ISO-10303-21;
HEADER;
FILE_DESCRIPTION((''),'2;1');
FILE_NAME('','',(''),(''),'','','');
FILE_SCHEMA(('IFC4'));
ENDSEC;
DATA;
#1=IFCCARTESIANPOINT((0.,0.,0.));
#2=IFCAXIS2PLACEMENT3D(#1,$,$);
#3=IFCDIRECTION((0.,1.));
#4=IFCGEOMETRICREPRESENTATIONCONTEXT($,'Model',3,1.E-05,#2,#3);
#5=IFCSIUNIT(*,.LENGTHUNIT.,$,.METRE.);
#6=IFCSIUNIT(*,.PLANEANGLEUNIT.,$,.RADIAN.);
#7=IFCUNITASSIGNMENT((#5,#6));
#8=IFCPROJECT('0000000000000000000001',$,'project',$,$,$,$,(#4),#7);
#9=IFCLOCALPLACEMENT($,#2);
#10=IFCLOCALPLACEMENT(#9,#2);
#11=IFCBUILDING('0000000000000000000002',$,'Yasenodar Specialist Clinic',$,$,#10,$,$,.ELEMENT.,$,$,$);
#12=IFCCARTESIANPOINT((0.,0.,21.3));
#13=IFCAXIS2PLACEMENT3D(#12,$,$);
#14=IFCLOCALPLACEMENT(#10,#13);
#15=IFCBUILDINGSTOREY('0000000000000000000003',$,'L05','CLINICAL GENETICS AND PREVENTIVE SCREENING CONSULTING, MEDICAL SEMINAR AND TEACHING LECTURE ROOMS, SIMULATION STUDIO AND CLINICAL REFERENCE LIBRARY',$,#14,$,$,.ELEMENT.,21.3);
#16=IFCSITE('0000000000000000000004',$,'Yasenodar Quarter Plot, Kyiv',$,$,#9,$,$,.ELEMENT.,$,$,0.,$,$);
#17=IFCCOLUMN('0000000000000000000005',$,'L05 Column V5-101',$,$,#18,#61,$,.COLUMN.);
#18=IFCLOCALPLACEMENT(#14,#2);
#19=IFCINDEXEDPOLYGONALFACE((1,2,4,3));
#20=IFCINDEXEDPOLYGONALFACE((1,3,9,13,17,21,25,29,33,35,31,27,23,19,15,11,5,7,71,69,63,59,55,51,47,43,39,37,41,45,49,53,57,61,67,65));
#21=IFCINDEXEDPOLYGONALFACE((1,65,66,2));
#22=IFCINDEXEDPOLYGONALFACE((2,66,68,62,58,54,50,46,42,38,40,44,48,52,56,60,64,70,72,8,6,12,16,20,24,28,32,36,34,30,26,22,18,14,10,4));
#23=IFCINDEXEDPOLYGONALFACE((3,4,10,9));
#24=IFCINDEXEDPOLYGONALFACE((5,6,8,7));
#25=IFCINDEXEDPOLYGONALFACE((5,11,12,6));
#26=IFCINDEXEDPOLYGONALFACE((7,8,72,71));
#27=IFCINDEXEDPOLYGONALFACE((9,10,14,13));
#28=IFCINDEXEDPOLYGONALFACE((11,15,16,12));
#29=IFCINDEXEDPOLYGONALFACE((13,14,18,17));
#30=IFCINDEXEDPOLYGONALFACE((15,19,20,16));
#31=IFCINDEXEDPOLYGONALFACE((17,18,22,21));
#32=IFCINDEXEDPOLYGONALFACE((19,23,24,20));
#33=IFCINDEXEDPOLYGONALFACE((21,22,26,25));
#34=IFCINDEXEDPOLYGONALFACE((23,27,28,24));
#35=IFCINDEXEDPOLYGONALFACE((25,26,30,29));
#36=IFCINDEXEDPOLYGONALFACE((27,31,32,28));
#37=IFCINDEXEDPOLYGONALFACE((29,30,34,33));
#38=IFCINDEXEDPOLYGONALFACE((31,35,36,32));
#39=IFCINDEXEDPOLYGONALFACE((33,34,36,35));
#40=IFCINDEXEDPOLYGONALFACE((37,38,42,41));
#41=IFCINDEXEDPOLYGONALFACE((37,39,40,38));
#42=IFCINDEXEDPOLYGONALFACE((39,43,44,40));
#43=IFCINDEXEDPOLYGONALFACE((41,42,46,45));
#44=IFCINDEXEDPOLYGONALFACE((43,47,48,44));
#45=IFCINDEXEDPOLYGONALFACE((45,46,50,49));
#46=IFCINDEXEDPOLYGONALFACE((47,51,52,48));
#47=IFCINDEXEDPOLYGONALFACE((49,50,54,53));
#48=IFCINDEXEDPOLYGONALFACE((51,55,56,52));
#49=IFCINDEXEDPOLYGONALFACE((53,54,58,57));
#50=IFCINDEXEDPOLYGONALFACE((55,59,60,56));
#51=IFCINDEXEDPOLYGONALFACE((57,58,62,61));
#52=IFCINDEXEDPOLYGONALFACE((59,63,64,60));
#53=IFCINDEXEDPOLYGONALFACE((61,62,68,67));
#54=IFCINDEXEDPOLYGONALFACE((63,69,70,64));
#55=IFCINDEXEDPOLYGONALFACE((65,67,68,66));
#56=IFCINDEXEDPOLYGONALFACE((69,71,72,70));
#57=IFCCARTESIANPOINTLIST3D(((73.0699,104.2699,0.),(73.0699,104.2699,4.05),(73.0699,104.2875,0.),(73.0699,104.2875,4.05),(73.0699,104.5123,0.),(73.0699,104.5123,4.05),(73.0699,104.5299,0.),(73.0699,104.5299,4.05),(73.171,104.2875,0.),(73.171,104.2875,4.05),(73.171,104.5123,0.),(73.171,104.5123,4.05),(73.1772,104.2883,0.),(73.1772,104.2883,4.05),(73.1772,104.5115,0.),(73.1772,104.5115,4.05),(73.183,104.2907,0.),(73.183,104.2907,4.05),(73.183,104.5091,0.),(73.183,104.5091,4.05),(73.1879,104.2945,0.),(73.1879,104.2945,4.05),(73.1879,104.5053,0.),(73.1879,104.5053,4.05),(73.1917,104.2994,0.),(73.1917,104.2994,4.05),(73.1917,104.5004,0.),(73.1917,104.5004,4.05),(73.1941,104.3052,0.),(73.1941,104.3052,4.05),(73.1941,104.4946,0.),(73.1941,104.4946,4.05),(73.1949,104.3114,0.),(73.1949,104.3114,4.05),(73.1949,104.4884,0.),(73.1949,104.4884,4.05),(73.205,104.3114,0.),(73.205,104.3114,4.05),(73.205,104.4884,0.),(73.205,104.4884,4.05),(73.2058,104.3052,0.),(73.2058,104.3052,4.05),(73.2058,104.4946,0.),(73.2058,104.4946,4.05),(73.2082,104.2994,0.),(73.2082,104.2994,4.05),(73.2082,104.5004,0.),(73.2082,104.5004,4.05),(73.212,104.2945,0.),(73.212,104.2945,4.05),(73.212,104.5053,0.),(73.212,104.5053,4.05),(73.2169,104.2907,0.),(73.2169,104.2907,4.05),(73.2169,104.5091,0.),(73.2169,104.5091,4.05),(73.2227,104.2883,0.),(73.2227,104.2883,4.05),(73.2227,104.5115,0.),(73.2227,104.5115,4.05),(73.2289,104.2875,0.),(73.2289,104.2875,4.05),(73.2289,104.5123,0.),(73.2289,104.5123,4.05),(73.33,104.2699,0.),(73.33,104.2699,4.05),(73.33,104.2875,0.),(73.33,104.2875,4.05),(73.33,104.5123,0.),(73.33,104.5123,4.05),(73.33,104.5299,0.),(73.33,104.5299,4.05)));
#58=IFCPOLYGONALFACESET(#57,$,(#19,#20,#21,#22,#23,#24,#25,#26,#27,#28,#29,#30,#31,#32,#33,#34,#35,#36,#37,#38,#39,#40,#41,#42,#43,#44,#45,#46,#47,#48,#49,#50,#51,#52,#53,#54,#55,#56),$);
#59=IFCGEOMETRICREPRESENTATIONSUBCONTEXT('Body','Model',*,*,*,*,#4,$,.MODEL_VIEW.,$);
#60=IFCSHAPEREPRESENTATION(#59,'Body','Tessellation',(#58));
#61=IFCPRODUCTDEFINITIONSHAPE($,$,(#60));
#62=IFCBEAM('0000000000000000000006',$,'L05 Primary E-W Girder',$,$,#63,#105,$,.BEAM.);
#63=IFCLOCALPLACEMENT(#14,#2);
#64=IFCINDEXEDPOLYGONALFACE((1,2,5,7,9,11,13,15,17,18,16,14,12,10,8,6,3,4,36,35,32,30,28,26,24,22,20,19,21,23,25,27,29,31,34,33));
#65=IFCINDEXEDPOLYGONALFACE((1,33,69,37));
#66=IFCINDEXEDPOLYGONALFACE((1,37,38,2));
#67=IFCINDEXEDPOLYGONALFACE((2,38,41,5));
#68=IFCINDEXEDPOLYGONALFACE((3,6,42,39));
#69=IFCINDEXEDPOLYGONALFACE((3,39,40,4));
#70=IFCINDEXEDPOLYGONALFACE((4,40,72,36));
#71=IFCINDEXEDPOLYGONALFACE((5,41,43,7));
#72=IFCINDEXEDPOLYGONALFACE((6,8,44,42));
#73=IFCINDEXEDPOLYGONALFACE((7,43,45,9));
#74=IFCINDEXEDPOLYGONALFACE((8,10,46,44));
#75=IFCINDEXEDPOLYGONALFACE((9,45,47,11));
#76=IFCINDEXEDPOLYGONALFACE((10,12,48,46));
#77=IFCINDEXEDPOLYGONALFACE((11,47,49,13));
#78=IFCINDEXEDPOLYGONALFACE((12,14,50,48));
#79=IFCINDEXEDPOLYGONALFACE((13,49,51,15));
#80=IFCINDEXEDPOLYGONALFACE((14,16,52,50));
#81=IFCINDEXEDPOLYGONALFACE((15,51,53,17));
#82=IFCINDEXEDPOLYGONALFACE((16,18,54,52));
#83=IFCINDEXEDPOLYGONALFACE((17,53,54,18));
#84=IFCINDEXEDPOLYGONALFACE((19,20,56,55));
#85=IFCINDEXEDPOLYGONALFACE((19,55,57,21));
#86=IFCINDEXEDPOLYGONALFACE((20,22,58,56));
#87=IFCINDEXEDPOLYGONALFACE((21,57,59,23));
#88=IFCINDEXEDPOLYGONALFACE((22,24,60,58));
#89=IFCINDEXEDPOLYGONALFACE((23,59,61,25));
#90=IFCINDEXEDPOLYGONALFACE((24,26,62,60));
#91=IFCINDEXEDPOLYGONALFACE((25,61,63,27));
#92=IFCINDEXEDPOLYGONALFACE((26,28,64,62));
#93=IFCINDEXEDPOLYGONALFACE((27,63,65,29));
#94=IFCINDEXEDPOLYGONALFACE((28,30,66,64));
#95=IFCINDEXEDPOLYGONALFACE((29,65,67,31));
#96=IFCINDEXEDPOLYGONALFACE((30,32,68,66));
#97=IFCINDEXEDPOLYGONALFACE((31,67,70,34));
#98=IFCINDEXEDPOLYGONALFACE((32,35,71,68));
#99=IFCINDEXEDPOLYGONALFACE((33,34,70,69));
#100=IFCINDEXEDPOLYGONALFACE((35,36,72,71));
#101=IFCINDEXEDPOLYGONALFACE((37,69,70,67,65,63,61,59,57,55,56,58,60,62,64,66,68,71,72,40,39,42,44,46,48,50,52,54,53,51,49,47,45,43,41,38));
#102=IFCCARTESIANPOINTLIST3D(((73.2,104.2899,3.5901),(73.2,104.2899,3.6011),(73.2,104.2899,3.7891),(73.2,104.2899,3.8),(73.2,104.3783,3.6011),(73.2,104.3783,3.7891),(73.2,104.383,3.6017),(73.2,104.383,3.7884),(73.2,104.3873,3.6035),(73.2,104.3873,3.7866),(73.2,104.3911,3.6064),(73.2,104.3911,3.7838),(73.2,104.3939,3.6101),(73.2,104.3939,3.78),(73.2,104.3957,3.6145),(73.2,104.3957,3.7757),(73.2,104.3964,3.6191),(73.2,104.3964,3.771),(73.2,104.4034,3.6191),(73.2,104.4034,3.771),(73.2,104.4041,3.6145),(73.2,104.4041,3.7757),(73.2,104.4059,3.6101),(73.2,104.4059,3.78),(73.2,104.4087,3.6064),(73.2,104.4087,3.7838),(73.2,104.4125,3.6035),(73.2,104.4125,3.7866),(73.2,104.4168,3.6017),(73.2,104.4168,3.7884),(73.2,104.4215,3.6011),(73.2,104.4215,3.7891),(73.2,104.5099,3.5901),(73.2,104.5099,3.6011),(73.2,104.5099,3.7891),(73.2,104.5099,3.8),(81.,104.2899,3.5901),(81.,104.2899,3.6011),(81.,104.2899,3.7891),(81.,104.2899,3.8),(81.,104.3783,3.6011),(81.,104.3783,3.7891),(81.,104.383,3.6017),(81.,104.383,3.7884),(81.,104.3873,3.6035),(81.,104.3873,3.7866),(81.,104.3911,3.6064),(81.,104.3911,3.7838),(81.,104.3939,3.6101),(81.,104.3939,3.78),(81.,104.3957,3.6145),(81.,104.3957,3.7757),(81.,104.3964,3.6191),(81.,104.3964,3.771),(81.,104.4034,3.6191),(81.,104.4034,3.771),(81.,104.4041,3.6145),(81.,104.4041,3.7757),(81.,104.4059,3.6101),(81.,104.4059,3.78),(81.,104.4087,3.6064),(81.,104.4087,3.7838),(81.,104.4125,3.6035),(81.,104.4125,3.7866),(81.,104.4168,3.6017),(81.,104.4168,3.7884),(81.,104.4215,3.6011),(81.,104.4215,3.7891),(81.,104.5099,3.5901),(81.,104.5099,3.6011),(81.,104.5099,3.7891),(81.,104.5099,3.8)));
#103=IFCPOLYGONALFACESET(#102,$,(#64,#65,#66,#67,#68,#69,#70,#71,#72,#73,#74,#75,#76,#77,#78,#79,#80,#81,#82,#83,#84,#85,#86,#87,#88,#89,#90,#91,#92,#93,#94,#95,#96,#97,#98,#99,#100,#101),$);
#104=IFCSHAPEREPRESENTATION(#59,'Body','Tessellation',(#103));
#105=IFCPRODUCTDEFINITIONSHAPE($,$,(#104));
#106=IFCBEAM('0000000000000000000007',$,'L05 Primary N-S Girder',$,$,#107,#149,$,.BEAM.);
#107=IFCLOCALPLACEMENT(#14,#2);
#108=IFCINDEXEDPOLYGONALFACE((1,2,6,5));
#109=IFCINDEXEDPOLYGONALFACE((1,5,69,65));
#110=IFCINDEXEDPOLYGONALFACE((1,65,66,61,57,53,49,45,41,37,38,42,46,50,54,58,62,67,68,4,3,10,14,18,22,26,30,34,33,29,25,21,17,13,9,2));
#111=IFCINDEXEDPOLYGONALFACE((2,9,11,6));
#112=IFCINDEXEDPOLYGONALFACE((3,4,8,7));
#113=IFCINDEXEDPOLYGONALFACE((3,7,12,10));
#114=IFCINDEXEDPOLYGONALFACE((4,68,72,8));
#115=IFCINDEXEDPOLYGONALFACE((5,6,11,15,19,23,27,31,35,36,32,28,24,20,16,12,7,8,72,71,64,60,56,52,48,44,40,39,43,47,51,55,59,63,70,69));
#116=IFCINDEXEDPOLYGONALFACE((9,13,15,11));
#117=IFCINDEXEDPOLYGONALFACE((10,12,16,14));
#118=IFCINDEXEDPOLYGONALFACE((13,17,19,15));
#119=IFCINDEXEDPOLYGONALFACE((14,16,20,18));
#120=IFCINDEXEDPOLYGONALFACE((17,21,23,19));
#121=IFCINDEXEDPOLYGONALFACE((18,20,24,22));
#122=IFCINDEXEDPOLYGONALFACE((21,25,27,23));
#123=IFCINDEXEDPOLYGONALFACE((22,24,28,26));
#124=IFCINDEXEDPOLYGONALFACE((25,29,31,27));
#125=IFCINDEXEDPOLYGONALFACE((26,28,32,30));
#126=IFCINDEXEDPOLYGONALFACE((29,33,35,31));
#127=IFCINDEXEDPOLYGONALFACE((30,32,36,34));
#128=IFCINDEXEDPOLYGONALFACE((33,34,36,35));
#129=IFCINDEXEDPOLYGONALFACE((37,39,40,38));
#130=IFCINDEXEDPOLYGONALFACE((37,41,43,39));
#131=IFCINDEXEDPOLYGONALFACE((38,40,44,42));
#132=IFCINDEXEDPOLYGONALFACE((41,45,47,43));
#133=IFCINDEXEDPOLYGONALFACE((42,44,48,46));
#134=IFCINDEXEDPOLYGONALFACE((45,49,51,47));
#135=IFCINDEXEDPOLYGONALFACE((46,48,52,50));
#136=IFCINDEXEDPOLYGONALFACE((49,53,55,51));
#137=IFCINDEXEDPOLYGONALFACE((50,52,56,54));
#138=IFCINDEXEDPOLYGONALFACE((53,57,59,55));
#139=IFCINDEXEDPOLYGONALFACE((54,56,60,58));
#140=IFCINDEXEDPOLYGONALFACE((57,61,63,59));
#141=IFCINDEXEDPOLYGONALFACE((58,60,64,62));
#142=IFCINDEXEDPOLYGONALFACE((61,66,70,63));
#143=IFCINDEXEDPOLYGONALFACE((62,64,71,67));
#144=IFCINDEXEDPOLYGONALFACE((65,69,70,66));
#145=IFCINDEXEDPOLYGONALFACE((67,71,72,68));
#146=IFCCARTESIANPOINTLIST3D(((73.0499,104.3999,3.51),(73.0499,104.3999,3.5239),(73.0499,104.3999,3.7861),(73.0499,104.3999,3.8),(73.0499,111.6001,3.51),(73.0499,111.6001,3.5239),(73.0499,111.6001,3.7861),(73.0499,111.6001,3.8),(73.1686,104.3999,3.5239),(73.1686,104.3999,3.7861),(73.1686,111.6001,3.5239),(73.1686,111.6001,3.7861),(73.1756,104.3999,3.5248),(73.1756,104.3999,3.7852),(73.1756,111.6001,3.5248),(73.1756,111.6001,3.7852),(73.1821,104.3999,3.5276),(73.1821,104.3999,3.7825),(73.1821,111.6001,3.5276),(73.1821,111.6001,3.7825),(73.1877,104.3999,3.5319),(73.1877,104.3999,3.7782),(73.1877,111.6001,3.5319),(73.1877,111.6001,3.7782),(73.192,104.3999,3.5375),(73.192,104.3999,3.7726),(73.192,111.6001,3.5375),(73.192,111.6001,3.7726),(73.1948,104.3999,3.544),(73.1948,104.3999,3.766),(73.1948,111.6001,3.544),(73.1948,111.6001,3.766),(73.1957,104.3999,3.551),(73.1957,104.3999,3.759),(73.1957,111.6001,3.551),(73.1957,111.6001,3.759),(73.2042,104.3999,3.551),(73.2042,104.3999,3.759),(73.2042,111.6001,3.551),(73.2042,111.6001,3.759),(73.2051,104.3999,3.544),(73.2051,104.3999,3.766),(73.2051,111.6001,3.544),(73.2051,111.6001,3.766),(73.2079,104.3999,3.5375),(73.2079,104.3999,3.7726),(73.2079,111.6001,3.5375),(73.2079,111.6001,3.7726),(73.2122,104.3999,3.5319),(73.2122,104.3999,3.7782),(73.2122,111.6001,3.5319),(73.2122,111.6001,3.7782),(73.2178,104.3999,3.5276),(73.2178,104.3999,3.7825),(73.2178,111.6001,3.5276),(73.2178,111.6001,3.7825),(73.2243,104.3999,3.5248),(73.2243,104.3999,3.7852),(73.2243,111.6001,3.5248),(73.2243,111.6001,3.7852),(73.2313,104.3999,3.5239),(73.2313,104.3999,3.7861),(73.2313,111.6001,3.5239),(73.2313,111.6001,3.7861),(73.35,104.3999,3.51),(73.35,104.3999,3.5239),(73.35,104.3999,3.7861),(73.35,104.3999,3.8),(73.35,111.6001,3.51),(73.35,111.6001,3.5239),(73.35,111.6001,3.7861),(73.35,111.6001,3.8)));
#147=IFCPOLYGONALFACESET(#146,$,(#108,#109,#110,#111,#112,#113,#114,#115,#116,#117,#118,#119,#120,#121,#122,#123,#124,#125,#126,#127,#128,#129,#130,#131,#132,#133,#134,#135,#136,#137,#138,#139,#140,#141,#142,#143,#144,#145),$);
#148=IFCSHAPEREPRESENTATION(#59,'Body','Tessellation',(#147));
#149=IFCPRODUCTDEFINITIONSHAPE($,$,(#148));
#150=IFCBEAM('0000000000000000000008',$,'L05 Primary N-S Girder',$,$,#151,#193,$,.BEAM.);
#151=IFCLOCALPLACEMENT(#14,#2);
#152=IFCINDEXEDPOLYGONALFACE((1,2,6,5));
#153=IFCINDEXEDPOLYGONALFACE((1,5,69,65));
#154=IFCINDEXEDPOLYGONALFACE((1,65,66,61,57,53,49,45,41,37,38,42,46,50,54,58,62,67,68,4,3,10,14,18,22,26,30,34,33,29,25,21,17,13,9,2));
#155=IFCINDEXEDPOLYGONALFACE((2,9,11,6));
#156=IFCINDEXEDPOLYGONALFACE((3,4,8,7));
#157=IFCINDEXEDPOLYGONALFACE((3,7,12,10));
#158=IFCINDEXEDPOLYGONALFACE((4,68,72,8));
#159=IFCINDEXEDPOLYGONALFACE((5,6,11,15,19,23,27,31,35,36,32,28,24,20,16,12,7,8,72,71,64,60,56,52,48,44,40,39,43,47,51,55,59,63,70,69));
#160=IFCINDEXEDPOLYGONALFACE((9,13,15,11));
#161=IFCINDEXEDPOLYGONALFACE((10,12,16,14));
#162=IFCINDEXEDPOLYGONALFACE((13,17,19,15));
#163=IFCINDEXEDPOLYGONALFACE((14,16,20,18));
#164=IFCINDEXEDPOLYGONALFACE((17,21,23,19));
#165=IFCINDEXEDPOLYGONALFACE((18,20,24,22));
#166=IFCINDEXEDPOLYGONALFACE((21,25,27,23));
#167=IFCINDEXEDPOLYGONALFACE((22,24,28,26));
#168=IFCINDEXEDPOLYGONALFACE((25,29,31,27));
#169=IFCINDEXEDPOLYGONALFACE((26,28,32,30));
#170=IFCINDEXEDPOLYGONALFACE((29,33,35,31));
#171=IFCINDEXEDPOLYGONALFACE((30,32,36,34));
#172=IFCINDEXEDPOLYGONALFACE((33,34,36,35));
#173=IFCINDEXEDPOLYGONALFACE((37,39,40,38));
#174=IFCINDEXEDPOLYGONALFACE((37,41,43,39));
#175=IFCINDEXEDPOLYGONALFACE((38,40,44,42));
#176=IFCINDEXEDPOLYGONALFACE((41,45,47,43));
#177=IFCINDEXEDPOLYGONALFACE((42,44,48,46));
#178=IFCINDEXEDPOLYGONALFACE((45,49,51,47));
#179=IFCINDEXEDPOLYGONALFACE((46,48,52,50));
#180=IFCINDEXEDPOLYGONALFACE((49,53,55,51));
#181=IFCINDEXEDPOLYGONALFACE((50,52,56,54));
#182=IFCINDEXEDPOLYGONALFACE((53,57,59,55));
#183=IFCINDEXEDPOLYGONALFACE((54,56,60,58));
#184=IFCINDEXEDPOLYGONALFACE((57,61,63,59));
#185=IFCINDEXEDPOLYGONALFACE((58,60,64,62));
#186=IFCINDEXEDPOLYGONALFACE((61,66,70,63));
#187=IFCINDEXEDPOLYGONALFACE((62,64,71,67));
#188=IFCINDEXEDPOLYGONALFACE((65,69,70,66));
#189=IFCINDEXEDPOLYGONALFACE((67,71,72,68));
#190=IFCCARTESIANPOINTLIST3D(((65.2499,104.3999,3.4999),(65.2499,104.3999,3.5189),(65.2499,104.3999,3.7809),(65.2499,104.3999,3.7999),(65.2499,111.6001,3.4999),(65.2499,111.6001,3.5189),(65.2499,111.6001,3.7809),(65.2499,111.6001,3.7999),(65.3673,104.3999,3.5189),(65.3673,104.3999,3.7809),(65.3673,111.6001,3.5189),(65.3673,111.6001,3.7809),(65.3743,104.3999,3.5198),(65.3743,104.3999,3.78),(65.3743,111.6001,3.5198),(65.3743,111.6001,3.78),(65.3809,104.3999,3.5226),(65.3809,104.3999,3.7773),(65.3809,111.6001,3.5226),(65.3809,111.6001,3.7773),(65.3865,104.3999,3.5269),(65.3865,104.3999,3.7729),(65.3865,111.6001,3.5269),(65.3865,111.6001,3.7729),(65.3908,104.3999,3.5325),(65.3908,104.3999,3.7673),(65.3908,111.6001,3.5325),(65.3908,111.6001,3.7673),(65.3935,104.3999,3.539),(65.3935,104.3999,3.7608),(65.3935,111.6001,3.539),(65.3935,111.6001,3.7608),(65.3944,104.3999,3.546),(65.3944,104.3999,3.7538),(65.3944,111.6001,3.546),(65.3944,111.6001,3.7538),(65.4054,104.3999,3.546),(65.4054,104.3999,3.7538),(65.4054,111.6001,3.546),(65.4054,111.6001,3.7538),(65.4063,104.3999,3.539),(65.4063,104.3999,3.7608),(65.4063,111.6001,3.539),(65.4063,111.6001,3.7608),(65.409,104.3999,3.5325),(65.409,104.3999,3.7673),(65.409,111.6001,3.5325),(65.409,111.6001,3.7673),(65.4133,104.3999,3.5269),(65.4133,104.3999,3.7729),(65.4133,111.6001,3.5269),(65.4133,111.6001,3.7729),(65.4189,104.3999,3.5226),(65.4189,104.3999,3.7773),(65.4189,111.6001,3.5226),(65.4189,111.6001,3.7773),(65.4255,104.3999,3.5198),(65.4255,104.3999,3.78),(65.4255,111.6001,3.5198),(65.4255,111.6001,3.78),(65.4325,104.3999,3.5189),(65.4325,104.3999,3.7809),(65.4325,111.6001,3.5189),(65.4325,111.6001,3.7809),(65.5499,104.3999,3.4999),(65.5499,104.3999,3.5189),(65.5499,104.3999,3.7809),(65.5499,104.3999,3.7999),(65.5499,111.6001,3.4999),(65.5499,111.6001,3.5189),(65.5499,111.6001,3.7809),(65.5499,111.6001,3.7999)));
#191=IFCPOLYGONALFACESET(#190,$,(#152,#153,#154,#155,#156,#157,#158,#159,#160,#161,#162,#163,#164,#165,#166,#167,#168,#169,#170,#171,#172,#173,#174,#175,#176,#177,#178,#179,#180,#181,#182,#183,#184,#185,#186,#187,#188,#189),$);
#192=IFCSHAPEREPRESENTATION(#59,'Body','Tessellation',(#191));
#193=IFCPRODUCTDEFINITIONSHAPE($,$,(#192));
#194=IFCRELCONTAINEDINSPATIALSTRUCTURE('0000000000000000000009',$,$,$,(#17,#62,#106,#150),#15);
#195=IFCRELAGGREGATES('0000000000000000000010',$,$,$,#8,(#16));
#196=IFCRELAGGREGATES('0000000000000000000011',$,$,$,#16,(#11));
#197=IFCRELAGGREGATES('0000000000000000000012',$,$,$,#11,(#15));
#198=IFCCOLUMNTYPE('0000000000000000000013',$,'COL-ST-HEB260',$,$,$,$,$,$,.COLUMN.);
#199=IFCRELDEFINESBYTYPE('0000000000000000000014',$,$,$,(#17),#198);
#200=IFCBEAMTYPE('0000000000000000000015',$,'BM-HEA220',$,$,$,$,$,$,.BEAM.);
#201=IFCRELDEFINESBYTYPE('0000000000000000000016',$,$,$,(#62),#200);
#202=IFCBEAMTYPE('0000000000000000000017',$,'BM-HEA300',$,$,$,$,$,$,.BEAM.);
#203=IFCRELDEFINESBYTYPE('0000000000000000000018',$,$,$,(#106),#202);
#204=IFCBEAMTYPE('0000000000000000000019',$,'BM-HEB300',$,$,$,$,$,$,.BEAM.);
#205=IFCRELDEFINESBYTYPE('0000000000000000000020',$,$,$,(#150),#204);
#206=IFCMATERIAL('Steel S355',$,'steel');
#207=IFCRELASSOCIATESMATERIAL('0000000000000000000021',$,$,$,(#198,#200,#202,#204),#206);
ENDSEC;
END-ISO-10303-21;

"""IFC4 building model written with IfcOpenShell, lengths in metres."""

from ifc_helpers import new_model, si_unit, direction, frame, origin, origin_2d, place, context, subcontext, project, spatial, i_section, extrude, material, material_profile, profile_set, type_object, element, save


model = new_model("IFC4")

# Units and contexts
model_context = context("Model", 3, precision=1e-05, world=origin(), true_north=direction((0.0, 1.0)))
body_context = subcontext(model_context, "Body", "Model", "MODEL_VIEW")
ifc_project = project(units=[si_unit("LENGTHUNIT", "METRE"), si_unit("PLANEANGLEUNIT", "RADIAN")], contexts=[model_context])

# Site, building, storey
site_placement = place(None, origin())
site = spatial("IfcSite", under=ifc_project, at=site_placement, Name="Yasenodar Quarter Plot, Kyiv", CompositionType="ELEMENT", RefElevation=0.0)
building_placement = place(site_placement, origin())
building = spatial("IfcBuilding", under=site, at=building_placement, Name="Yasenodar Specialist Clinic", CompositionType="ELEMENT")
storey_placement = place(building_placement, frame((0.0, 0.0, 21.3)))
storey = spatial("IfcBuildingStorey", under=building, at=storey_placement, Name="L05", Description="CLINICAL GENETICS AND PREVENTIVE SCREENING CONSULTING, MEDICAL SEMINAR AND TEACHING LECTURE ROOMS, SIMULATION STUDIO AND CLINICAL REFERENCE LIBRARY", CompositionType="ELEMENT", Elevation=21.3)

# Column
ifc_material_1 = material(Name="Steel S355", Category="steel")
ifc_material_profile_1 = material_profile(ifc_material_1, i_section(OverallWidth=0.26, OverallDepth=0.26, WebThickness=0.01, FlangeThickness=0.0176, FilletRadius=0.0239, at=origin_2d()), Name="HEB 260")
ifc_profile_set_1 = profile_set([ifc_material_profile_1], Name="Steel S355")
column_type = type_object("IfcColumnType", Name="COL-ST-HEB260", PredefinedType="COLUMN", material=ifc_profile_set_1)
column_placement = place(storey_placement, frame((73.2, 104.3999, 0.0), z_axis=(0.0, 0.0, 1.0), x_axis=(1.0, 0.0, 0.0)))
element("IfcColumn", 1, at=column_placement, inside=storey, type_object=column_type, Name="L05 Column V5-101", PredefinedType="COLUMN", context=body_context, shape_type="SweptSolid", body=[
    extrude(i_section(OverallWidth=0.26, OverallDepth=0.26, WebThickness=0.01, FlangeThickness=0.0176, FilletRadius=0.0239, at=origin_2d()), origin(), (0.0, 0.0, 1.0), 4.05),
])

# Beams
ifc_material_profile_2 = material_profile(ifc_material_1, i_section(OverallWidth=0.22, OverallDepth=0.21, WebThickness=0.0071, FlangeThickness=0.011, FilletRadius=0.0181, at=origin_2d()), Name="HEA 220")
ifc_profile_set_2 = profile_set([ifc_material_profile_2], Name="Steel S355")
beam_type_1 = type_object("IfcBeamType", Name="BM-HEA220", PredefinedType="BEAM", material=ifc_profile_set_2)
beam_1_placement = place(storey_placement, frame((73.2, 104.3999, 3.6951), z_axis=(1.0, 0.0, 0.0), x_axis=(0.0, 1.0, 0.0)))
element("IfcBeam", 2, at=beam_1_placement, inside=storey, type_object=beam_type_1, Name="L05 Primary E-W Girder", PredefinedType="BEAM", context=body_context, shape_type="SweptSolid", body=[
    extrude(i_section(OverallWidth=0.22, OverallDepth=0.21, WebThickness=0.0071, FlangeThickness=0.011, FilletRadius=0.0181, at=origin_2d()), origin(), (0.0, 0.0, 1.0), 7.8),
])
ifc_material_profile_3 = material_profile(ifc_material_1, i_section(OverallWidth=0.3, OverallDepth=0.29, WebThickness=0.0085, FlangeThickness=0.0139, FilletRadius=0.0271, at=origin_2d()), Name="HEA 300")
ifc_profile_set_3 = profile_set([ifc_material_profile_3], Name="Steel S355")
beam_type_2 = type_object("IfcBeamType", Name="BM-HEA300", PredefinedType="BEAM", material=ifc_profile_set_3)
beam_2_placement = place(storey_placement, frame((73.2, 104.3999, 3.655), z_axis=(0.0, 1.0, 0.0), x_axis=(-1.0, 0.0, 0.0)))
element("IfcBeam", 3, at=beam_2_placement, inside=storey, type_object=beam_type_2, Name="L05 Primary N-S Girder", PredefinedType="BEAM", context=body_context, shape_type="SweptSolid", body=[
    extrude(i_section(OverallWidth=0.3, OverallDepth=0.29, WebThickness=0.0085, FlangeThickness=0.0139, FilletRadius=0.0271, at=origin_2d()), origin(), (0.0, 0.0, 1.0), 7.2002),
])
ifc_material_profile_4 = material_profile(ifc_material_1, i_section(OverallWidth=0.3, OverallDepth=0.3, WebThickness=0.011, FlangeThickness=0.019, FilletRadius=0.0271, at=origin_2d()), Name="HEB 300")
ifc_profile_set_4 = profile_set([ifc_material_profile_4], Name="Steel S355")
beam_type_3 = type_object("IfcBeamType", Name="BM-HEB300", PredefinedType="BEAM", material=ifc_profile_set_4)
beam_3_placement = place(storey_placement, frame((65.3999, 104.3999, 3.6499), z_axis=(0.0, 1.0, 0.0), x_axis=(-1.0, 0.0, 0.0)))
element("IfcBeam", 4, at=beam_3_placement, inside=storey, type_object=beam_type_3, Name="L05 Primary N-S Girder", PredefinedType="BEAM", context=body_context, shape_type="SweptSolid", body=[
    extrude(i_section(OverallWidth=0.3, OverallDepth=0.3, WebThickness=0.011, FlangeThickness=0.019, FilletRadius=0.0271, at=origin_2d()), origin(), (0.0, 0.0, 1.0), 7.2002),
])

save(model, "model.ifc")
